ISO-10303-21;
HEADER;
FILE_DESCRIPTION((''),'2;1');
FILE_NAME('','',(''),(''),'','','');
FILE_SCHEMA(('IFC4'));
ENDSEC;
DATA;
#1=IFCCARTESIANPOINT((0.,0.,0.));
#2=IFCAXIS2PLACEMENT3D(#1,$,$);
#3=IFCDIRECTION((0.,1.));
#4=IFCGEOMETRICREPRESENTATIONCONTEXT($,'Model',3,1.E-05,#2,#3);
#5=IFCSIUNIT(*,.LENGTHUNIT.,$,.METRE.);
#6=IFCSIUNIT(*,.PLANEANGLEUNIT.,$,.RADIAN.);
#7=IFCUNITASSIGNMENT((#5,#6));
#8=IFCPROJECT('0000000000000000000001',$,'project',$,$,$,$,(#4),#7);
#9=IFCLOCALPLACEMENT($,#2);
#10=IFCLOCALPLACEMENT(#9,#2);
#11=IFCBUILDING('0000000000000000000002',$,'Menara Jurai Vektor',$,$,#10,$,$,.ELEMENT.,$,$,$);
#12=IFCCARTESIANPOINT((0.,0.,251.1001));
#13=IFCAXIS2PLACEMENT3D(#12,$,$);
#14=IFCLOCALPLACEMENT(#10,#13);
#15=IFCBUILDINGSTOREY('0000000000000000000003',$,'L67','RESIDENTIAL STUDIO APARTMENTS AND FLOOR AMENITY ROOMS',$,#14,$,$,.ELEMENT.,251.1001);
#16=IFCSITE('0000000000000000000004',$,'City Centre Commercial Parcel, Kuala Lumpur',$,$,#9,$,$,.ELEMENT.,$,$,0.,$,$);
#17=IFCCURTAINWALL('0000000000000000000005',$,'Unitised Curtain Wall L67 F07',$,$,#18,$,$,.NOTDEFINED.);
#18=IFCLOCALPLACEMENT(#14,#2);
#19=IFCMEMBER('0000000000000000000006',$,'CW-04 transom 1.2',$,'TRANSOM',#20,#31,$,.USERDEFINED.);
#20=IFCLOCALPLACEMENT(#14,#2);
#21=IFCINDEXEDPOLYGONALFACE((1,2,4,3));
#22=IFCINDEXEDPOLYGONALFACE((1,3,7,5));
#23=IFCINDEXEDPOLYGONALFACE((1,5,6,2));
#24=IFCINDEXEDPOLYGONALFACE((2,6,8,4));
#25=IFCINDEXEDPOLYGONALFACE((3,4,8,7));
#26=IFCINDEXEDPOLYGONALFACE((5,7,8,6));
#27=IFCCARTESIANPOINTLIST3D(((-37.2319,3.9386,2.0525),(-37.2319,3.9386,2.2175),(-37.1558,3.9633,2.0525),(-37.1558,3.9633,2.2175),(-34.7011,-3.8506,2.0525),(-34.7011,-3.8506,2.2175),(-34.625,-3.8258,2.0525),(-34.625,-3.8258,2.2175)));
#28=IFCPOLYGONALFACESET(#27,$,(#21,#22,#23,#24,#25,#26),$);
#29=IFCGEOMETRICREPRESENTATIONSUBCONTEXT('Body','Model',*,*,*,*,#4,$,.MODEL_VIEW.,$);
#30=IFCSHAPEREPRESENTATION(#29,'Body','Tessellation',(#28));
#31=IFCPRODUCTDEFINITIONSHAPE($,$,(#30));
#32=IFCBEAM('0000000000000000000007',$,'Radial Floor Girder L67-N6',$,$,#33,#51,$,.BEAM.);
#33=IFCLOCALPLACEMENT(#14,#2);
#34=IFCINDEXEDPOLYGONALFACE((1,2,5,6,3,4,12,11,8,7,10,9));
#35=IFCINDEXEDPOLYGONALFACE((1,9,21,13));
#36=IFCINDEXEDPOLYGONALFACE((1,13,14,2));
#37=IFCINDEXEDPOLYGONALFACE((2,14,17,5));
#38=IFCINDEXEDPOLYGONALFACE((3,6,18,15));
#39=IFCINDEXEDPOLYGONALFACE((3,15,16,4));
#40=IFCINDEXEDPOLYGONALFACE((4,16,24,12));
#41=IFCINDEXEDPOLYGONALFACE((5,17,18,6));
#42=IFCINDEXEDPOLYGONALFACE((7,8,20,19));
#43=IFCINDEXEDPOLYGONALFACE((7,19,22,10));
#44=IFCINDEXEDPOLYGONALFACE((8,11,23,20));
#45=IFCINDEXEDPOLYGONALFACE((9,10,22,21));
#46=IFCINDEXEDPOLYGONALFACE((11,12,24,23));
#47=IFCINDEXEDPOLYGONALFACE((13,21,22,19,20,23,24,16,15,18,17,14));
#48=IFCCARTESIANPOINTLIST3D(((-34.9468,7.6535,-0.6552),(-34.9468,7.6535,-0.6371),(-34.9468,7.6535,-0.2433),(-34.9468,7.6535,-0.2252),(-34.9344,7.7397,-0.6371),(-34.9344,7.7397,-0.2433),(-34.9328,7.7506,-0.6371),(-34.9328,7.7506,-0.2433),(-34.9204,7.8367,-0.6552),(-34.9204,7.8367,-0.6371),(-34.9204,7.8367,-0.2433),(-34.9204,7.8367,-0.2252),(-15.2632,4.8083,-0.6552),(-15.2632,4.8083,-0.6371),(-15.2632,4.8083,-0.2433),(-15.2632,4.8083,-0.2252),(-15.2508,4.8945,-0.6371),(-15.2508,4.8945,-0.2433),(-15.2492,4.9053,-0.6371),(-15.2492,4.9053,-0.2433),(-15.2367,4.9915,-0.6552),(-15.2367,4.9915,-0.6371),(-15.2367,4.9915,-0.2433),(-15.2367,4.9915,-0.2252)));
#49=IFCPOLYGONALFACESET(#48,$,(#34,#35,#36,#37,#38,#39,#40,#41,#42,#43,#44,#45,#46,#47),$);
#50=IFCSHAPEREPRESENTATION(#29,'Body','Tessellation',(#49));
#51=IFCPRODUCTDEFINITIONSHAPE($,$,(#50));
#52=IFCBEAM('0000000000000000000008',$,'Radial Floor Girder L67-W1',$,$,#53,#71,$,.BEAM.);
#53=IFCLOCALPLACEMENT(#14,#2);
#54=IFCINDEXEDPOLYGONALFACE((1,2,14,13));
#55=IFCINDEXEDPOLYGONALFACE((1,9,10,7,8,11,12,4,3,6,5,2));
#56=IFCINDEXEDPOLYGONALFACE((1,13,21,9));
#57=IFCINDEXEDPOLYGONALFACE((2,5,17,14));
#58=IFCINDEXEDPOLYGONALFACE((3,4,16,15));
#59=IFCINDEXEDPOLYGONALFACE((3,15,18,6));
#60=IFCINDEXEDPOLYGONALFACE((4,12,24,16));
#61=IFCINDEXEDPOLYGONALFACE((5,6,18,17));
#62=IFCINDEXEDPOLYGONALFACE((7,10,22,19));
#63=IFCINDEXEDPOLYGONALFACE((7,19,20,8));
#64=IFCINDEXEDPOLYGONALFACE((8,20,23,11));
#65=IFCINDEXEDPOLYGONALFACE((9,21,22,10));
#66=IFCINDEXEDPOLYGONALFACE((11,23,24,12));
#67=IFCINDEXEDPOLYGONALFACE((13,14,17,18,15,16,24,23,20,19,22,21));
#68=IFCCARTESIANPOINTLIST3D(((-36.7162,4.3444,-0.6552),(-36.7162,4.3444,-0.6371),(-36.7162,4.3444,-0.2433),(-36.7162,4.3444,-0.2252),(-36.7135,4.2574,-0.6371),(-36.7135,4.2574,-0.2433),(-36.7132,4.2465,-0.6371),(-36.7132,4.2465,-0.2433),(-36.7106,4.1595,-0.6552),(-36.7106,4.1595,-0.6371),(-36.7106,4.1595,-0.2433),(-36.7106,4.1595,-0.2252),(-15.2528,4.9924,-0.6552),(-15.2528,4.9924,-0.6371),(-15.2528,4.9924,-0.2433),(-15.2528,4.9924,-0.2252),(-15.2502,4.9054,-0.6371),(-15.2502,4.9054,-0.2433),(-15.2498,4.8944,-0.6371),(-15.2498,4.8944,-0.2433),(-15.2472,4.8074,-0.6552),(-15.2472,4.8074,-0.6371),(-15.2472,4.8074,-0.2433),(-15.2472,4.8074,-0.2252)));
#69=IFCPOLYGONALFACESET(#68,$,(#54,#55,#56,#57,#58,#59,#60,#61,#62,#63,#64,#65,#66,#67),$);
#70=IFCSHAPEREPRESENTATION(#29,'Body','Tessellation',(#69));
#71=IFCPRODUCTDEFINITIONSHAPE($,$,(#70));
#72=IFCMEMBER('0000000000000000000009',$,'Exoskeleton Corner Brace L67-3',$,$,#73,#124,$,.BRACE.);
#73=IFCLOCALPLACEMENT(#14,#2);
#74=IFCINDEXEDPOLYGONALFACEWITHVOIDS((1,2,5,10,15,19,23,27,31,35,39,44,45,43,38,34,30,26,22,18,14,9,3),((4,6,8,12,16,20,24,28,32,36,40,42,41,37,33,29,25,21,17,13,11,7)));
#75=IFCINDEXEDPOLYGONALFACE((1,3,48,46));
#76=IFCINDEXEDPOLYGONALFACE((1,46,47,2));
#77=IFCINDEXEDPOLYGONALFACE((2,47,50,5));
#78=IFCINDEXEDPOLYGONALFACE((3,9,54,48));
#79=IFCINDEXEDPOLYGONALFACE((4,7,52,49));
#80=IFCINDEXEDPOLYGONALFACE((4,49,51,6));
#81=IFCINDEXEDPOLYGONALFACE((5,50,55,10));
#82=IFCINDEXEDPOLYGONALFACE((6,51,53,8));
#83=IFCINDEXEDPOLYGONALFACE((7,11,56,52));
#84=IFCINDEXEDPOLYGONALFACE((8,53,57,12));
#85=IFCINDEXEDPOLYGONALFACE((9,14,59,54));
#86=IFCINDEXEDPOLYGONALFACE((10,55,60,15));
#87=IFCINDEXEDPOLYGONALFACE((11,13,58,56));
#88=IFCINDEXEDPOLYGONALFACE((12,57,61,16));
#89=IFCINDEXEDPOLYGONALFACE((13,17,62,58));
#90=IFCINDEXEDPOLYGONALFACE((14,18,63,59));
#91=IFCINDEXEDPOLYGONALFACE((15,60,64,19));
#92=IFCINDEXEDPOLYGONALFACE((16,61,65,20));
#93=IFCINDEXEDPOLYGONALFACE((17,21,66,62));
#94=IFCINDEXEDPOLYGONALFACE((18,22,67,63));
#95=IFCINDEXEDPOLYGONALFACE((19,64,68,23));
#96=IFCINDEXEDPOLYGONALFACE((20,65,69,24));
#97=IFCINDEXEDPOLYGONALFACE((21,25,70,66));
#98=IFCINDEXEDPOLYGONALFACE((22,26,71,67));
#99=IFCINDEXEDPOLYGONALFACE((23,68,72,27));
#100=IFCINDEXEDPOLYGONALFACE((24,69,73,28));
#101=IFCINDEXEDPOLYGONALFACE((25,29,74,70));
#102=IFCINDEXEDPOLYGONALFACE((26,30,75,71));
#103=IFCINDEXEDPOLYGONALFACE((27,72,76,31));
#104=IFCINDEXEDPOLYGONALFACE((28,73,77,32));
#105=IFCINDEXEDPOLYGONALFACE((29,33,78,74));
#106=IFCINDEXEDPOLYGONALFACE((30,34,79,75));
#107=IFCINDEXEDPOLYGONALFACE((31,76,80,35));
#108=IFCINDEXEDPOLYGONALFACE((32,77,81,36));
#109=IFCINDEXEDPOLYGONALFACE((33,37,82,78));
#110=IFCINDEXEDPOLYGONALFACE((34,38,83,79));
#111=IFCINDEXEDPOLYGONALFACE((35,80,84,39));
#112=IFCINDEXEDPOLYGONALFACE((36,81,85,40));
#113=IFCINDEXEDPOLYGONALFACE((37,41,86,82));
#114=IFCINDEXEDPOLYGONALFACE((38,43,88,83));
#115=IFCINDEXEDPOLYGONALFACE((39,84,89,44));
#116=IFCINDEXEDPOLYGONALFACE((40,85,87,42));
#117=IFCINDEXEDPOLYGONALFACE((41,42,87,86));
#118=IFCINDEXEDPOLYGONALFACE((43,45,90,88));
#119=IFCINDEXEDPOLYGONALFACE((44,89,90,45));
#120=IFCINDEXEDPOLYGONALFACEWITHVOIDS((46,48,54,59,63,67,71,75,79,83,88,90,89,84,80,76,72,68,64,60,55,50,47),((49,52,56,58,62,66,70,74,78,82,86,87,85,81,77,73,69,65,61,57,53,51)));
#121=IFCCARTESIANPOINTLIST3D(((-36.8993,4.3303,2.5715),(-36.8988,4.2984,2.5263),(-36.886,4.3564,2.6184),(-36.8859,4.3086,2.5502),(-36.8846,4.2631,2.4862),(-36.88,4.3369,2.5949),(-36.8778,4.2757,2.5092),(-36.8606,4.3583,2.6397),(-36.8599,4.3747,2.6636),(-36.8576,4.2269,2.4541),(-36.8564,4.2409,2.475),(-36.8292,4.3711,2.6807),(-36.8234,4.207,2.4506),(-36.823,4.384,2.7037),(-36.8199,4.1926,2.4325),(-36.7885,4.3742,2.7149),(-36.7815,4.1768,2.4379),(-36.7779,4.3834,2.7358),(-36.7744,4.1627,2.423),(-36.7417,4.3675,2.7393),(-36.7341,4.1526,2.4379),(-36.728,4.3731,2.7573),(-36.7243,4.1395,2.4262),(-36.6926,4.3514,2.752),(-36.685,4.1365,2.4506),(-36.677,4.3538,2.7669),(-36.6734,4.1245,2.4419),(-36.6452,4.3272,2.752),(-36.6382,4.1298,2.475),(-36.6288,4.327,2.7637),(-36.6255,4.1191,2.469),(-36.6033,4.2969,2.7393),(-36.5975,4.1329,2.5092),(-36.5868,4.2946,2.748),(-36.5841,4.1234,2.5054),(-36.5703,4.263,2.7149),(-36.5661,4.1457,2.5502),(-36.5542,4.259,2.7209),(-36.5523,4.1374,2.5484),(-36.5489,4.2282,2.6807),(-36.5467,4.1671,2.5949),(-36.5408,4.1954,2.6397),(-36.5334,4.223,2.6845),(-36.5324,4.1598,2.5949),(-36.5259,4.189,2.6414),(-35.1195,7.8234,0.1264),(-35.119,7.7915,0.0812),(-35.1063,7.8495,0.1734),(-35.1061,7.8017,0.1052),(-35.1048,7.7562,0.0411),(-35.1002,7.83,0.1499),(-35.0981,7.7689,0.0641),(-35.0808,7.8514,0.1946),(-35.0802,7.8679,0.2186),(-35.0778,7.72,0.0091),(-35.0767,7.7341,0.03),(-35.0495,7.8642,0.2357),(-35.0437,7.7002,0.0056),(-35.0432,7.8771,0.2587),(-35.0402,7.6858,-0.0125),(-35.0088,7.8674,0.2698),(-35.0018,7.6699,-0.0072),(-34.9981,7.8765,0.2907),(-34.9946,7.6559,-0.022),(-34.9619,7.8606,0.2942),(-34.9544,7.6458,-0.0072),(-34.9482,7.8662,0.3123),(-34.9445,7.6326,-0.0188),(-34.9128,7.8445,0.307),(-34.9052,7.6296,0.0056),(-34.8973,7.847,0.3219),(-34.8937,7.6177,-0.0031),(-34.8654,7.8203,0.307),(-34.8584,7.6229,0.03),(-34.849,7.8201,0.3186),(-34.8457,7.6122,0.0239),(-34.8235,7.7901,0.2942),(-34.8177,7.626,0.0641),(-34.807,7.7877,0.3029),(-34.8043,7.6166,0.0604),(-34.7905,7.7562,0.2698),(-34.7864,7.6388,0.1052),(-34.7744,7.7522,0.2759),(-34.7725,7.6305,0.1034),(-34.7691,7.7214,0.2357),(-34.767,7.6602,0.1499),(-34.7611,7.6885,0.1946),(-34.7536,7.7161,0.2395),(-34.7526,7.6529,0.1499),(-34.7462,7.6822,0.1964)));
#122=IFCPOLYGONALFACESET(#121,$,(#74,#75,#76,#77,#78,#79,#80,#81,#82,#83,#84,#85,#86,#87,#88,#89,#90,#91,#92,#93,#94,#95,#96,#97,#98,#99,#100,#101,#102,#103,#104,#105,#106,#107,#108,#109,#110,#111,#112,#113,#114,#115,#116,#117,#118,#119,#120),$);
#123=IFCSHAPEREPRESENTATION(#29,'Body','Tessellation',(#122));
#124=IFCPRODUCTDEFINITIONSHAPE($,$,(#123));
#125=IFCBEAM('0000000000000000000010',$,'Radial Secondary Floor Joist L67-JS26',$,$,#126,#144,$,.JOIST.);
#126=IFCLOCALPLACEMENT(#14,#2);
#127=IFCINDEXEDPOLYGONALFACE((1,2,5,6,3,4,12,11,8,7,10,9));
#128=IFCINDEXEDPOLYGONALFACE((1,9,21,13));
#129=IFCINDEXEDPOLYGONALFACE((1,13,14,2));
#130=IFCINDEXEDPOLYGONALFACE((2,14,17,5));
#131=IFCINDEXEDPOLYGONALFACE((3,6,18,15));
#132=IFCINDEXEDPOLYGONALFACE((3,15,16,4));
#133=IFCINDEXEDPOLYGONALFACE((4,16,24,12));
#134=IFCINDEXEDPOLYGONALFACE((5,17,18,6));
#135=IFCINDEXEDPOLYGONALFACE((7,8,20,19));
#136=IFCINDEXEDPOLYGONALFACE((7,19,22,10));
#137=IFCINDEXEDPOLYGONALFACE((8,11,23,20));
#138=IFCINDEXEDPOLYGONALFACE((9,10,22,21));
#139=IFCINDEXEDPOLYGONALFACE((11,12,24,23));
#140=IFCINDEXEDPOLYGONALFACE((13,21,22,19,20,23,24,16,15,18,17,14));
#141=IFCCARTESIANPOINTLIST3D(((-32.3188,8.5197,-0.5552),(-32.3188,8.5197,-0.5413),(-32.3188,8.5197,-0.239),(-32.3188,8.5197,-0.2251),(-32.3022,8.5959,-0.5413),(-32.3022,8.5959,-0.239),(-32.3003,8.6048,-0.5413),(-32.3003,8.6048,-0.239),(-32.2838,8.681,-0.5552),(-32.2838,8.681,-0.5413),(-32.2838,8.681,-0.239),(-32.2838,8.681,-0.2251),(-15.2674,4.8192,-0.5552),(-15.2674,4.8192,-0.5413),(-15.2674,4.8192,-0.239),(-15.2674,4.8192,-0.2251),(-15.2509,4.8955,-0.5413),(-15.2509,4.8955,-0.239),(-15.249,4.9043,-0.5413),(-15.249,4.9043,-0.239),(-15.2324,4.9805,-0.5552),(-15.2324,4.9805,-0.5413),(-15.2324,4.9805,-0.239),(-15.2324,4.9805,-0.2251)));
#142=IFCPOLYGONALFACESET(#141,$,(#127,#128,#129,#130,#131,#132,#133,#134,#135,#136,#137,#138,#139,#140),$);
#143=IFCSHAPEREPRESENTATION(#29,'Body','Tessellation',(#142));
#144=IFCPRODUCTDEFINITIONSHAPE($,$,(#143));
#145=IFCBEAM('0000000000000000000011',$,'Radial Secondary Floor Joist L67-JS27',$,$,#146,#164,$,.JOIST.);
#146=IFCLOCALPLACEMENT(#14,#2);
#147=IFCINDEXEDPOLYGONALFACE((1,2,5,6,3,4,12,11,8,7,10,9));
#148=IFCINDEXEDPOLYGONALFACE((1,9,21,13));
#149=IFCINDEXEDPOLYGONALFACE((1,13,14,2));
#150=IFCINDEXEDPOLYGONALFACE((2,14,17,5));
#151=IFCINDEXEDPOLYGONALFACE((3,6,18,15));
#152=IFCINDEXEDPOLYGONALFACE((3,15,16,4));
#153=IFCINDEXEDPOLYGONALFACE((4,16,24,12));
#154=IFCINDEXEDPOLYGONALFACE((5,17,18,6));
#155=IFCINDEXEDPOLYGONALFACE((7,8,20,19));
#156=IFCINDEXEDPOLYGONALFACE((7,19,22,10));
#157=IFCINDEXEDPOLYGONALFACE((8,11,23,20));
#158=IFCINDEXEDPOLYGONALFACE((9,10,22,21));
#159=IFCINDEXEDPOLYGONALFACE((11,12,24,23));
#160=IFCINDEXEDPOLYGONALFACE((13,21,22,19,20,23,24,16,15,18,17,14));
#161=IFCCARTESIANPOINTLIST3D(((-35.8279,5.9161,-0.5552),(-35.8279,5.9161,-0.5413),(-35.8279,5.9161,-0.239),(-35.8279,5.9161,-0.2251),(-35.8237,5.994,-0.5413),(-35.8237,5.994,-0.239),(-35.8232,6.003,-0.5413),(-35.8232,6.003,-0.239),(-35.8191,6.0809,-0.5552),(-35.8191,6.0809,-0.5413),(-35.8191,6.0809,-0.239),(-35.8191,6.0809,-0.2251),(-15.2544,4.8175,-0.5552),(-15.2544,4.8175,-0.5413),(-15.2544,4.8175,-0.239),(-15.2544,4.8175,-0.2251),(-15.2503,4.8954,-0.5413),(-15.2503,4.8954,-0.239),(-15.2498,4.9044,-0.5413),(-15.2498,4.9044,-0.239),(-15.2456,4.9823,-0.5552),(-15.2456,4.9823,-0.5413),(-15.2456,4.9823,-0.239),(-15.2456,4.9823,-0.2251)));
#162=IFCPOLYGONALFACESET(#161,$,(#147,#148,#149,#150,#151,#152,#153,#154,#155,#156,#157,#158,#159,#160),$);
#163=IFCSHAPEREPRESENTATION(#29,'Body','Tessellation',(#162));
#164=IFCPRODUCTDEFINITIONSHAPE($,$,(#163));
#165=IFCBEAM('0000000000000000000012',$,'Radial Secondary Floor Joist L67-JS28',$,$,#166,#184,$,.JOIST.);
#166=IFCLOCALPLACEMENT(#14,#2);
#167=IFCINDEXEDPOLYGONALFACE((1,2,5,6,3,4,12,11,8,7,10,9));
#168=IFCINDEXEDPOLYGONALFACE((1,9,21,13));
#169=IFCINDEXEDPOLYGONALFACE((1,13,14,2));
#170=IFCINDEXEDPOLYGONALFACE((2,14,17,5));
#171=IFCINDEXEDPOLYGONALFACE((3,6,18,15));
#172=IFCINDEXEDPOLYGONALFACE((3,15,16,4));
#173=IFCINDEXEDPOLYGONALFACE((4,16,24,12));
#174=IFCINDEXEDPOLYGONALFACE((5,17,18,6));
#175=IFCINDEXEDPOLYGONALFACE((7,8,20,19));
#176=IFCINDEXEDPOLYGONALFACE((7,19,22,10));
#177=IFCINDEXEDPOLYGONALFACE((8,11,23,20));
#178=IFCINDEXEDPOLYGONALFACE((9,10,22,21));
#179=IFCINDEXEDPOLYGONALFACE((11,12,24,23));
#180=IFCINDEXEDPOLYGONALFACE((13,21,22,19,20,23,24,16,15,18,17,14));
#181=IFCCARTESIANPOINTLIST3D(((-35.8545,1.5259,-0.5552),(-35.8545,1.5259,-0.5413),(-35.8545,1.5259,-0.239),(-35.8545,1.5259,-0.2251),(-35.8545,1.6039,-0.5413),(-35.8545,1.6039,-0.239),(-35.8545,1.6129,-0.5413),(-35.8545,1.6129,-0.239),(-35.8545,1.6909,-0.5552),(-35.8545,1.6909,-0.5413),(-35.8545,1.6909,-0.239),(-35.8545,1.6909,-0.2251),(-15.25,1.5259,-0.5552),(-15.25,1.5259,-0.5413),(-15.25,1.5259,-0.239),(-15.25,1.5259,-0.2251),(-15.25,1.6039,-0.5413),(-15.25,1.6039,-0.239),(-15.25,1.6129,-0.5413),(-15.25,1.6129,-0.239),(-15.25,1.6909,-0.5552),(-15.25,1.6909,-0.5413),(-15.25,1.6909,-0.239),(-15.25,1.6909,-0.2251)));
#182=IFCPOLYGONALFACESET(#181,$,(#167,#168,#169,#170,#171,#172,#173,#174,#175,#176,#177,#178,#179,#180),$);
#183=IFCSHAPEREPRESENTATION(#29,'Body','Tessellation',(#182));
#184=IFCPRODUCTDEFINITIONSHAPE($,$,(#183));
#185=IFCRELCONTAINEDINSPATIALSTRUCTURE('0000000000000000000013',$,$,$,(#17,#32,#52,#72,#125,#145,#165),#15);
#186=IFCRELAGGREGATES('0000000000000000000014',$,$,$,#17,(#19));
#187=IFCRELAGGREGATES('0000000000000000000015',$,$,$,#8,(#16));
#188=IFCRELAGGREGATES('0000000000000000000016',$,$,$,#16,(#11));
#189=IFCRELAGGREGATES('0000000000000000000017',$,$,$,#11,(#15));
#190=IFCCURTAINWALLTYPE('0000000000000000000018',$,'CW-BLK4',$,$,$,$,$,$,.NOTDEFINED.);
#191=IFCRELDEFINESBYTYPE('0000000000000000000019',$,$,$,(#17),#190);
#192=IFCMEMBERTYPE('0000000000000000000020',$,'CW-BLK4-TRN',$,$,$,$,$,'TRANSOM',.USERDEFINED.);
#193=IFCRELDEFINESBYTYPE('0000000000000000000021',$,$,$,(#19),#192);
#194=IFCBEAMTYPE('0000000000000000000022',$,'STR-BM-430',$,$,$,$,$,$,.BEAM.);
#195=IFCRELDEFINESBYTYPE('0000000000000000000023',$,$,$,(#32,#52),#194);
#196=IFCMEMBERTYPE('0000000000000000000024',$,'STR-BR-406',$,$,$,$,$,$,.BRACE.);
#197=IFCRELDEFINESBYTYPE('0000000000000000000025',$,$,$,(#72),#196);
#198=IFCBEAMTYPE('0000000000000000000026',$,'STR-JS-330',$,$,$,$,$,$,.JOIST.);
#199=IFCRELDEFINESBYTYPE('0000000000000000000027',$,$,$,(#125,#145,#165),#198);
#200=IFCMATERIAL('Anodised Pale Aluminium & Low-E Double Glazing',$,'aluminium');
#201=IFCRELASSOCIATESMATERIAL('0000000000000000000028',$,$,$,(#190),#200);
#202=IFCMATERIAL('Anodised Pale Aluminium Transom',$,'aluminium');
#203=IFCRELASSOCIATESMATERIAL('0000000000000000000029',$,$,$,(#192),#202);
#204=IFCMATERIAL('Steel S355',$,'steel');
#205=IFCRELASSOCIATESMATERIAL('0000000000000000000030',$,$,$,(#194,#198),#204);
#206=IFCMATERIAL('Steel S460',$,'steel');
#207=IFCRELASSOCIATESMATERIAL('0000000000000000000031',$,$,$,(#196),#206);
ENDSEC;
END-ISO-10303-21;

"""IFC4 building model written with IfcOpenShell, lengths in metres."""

from ifc_helpers import new_model, si_unit, direction, frame, origin, origin_2d, place, context, subcontext, project, spatial, rectangle, hollow_circle, i_section, extrude, material, material_profile, profile_set, type_object, element, aggregate, save


model = new_model("IFC4")

# Units and contexts
model_context = context("Model", 3, precision=1e-05, world=origin(), true_north=direction((0.0, 1.0)))
body_context = subcontext(model_context, "Body", "Model", "MODEL_VIEW")
ifc_project = project(units=[si_unit("LENGTHUNIT", "METRE"), si_unit("PLANEANGLEUNIT", "RADIAN")], contexts=[model_context])

# Site, building, storey
site_placement = place(None, origin())
site = spatial("IfcSite", under=ifc_project, at=site_placement, Name="City Centre Commercial Parcel, Kuala Lumpur", CompositionType="ELEMENT", RefElevation=0.0)
building_placement = place(site_placement, origin())
building = spatial("IfcBuilding", under=site, at=building_placement, Name="Menara Jurai Vektor", CompositionType="ELEMENT")
storey_placement = place(building_placement, frame((0.0, 0.0, 251.1001)))
storey = spatial("IfcBuildingStorey", under=building, at=storey_placement, Name="L67", Description="RESIDENTIAL STUDIO APARTMENTS AND FLOOR AMENITY ROOMS", CompositionType="ELEMENT", Elevation=251.1001)

# Shared definitions
ifc_material_1 = material(Name="Steel S460", Category="steel")

# Shared definitions
ifc_material_2 = material(Name="Anodised Pale Aluminium & Low-E Double Glazing", Category="aluminium")
curtain_wall_type = type_object("IfcCurtainWallType", Name="CW-BLK4", PredefinedType="NOTDEFINED", material=ifc_material_2)

# Curtain wall
curtain_wall_1_placement = place(storey_placement, origin())
curtain_wall_1 = element("IfcCurtainWall", 1, at=curtain_wall_1_placement, inside=storey, type_object=curtain_wall_type, Name="Unitised Curtain Wall L67 F07", PredefinedType="NOTDEFINED")

# Member
ifc_material_3 = material(Name="Anodised Pale Aluminium Transom", Category="aluminium")
ifc_material_profile_1 = material_profile(ifc_material_3, rectangle(XDim=0.0801, YDim=0.165, at=origin_2d()), Name="ALU TRN 80x165")
ifc_profile_set_1 = profile_set([ifc_material_profile_1], Name="Anodised Pale Aluminium Transom")
member_type_1 = type_object("IfcMemberType", Name="CW-BLK4-TRN", ElementType="TRANSOM", PredefinedType="USERDEFINED", material=ifc_profile_set_1)
member_1_placement = place(storey_placement, frame((-37.1938, 3.9509, 2.135), z_axis=(0.309011, -0.951059, 0.0), x_axis=(0.951059, 0.309011, 0.0)))
member_1 = element("IfcMember", 2, at=member_1_placement, type_object=member_type_1, Name="CW-04 transom 1.2", ObjectType="TRANSOM", PredefinedType="USERDEFINED", context=body_context, shape_type="SweptSolid", body=[
    extrude(rectangle(XDim=0.0801, YDim=0.165, at=origin_2d()), origin(), (0.0, 0.0, 1.0), 8.1899),
])

# Beams
ifc_material_4 = material(Name="Steel S355", Category="steel")
ifc_material_profile_2 = material_profile(ifc_material_4, i_section(OverallWidth=0.1851, OverallDepth=0.4299, WebThickness=0.011, FlangeThickness=0.0181, at=origin_2d()), Name="PG 430x185x76")
ifc_profile_set_2 = profile_set([ifc_material_profile_2], Name="Steel S355")
beam_type_1 = type_object("IfcBeamType", Name="STR-BM-430", PredefinedType="BEAM", material=ifc_profile_set_2)
beam_1_placement = place(storey_placement, frame((-34.9336, 7.7451, -0.4402), z_axis=(0.989714, -0.143061, 0.0), x_axis=(0.143061, 0.989714, 0.0)))
element("IfcBeam", 3, at=beam_1_placement, inside=storey, type_object=beam_type_1, Name="Radial Floor Girder L67-N6", PredefinedType="BEAM", context=body_context, shape_type="SweptSolid", body=[
    extrude(i_section(OverallWidth=0.1851, OverallDepth=0.4299, WebThickness=0.011, FlangeThickness=0.0181, at=origin_2d()), origin(), (0.0, 0.0, 1.0), 19.8882),
])
beam_2_placement = place(storey_placement, frame((-36.7134, 4.252, -0.4402), z_axis=(0.999545, 0.030175, 0.0), x_axis=(-0.030175, 0.999545, 0.0)))
element("IfcBeam", 4, at=beam_2_placement, inside=storey, type_object=beam_type_1, Name="Radial Floor Girder L67-W1", PredefinedType="BEAM", context=body_context, shape_type="SweptSolid", body=[
    extrude(i_section(OverallWidth=0.1851, OverallDepth=0.4299, WebThickness=0.011, FlangeThickness=0.0181, at=origin_2d()), origin(), (0.0, 0.0, 1.0), 21.4731),
])

# Member
ifc_material_profile_3 = material_profile(ifc_material_1, hollow_circle(Radius=0.2031, WallThickness=0.0161, at=origin_2d()), Name="CHS 406.4x16")
ifc_profile_set_3 = profile_set([ifc_material_profile_3], Name="Steel S460")
member_type_2 = type_object("IfcMemberType", Name="STR-BR-406", PredefinedType="BRACE", material=ifc_profile_set_3)
member_2_placement = place(storey_placement, frame((-34.9336, 7.7451, 0.1499), z_axis=(-0.385201, -0.756029, 0.529189), x_axis=(0.891014, -0.453976, 0.0)))
element("IfcMember", 5, at=member_2_placement, inside=storey, type_object=member_type_2, Name="Exoskeleton Corner Brace L67-3", PredefinedType="BRACE", context=body_context, shape_type="SweptSolid", body=[
    extrude(hollow_circle(Radius=0.2031, WallThickness=0.0161, at=origin_2d()), origin(), (0.0, 0.0, 1.0), 4.6204),
])

# Beams
ifc_material_profile_4 = material_profile(ifc_material_4, i_section(OverallWidth=0.165, OverallDepth=0.3301, WebThickness=0.009, FlangeThickness=0.0139, at=origin_2d()), Name="PG 330x165x46")
ifc_profile_set_4 = profile_set([ifc_material_profile_4], Name="Steel S355")
beam_type_2 = type_object("IfcBeamType", Name="STR-JS-330", PredefinedType="JOIST", material=ifc_profile_set_4)
beam_3_placement = place(storey_placement, frame((-32.3013, 8.6003, -0.3901), z_axis=(0.977252, -0.212082, 0.0), x_axis=(0.212082, 0.977252, 0.0)))
element("IfcBeam", 6, at=beam_3_placement, inside=storey, type_object=beam_type_2, Name="Radial Secondary Floor Joist L67-JS26", PredefinedType="JOIST", context=body_context, shape_type="SweptSolid", body=[
    extrude(i_section(OverallWidth=0.165, OverallDepth=0.3301, WebThickness=0.009, FlangeThickness=0.0139, at=origin_2d()), origin(), (0.0, 0.0, 1.0), 17.4482),
])
beam_4_placement = place(storey_placement, frame((-35.8235, 5.9985, -0.3901), z_axis=(0.998577, -0.053324, 0.0), x_axis=(0.053324, 0.998577, 0.0)))
element("IfcBeam", 7, at=beam_4_placement, inside=storey, type_object=beam_type_2, Name="Radial Secondary Floor Joist L67-JS27", PredefinedType="JOIST", context=body_context, shape_type="SweptSolid", body=[
    extrude(i_section(OverallWidth=0.165, OverallDepth=0.3301, WebThickness=0.009, FlangeThickness=0.0139, at=origin_2d()), origin(), (0.0, 0.0, 1.0), 20.6028),
])
beam_5_placement = place(storey_placement, frame((-35.8545, 1.6084, -0.3901), z_axis=(1.0, 0.0, 0.0), x_axis=(0.0, 1.0, 0.0)))
element("IfcBeam", 8, at=beam_5_placement, inside=storey, type_object=beam_type_2, Name="Radial Secondary Floor Joist L67-JS28", PredefinedType="JOIST", context=body_context, shape_type="SweptSolid", body=[
    extrude(i_section(OverallWidth=0.165, OverallDepth=0.3301, WebThickness=0.009, FlangeThickness=0.0139, at=origin_2d()), origin(), (0.0, 0.0, 1.0), 20.6045),
])

aggregate(curtain_wall_1, [member_1])

save(model, "model.ifc")
